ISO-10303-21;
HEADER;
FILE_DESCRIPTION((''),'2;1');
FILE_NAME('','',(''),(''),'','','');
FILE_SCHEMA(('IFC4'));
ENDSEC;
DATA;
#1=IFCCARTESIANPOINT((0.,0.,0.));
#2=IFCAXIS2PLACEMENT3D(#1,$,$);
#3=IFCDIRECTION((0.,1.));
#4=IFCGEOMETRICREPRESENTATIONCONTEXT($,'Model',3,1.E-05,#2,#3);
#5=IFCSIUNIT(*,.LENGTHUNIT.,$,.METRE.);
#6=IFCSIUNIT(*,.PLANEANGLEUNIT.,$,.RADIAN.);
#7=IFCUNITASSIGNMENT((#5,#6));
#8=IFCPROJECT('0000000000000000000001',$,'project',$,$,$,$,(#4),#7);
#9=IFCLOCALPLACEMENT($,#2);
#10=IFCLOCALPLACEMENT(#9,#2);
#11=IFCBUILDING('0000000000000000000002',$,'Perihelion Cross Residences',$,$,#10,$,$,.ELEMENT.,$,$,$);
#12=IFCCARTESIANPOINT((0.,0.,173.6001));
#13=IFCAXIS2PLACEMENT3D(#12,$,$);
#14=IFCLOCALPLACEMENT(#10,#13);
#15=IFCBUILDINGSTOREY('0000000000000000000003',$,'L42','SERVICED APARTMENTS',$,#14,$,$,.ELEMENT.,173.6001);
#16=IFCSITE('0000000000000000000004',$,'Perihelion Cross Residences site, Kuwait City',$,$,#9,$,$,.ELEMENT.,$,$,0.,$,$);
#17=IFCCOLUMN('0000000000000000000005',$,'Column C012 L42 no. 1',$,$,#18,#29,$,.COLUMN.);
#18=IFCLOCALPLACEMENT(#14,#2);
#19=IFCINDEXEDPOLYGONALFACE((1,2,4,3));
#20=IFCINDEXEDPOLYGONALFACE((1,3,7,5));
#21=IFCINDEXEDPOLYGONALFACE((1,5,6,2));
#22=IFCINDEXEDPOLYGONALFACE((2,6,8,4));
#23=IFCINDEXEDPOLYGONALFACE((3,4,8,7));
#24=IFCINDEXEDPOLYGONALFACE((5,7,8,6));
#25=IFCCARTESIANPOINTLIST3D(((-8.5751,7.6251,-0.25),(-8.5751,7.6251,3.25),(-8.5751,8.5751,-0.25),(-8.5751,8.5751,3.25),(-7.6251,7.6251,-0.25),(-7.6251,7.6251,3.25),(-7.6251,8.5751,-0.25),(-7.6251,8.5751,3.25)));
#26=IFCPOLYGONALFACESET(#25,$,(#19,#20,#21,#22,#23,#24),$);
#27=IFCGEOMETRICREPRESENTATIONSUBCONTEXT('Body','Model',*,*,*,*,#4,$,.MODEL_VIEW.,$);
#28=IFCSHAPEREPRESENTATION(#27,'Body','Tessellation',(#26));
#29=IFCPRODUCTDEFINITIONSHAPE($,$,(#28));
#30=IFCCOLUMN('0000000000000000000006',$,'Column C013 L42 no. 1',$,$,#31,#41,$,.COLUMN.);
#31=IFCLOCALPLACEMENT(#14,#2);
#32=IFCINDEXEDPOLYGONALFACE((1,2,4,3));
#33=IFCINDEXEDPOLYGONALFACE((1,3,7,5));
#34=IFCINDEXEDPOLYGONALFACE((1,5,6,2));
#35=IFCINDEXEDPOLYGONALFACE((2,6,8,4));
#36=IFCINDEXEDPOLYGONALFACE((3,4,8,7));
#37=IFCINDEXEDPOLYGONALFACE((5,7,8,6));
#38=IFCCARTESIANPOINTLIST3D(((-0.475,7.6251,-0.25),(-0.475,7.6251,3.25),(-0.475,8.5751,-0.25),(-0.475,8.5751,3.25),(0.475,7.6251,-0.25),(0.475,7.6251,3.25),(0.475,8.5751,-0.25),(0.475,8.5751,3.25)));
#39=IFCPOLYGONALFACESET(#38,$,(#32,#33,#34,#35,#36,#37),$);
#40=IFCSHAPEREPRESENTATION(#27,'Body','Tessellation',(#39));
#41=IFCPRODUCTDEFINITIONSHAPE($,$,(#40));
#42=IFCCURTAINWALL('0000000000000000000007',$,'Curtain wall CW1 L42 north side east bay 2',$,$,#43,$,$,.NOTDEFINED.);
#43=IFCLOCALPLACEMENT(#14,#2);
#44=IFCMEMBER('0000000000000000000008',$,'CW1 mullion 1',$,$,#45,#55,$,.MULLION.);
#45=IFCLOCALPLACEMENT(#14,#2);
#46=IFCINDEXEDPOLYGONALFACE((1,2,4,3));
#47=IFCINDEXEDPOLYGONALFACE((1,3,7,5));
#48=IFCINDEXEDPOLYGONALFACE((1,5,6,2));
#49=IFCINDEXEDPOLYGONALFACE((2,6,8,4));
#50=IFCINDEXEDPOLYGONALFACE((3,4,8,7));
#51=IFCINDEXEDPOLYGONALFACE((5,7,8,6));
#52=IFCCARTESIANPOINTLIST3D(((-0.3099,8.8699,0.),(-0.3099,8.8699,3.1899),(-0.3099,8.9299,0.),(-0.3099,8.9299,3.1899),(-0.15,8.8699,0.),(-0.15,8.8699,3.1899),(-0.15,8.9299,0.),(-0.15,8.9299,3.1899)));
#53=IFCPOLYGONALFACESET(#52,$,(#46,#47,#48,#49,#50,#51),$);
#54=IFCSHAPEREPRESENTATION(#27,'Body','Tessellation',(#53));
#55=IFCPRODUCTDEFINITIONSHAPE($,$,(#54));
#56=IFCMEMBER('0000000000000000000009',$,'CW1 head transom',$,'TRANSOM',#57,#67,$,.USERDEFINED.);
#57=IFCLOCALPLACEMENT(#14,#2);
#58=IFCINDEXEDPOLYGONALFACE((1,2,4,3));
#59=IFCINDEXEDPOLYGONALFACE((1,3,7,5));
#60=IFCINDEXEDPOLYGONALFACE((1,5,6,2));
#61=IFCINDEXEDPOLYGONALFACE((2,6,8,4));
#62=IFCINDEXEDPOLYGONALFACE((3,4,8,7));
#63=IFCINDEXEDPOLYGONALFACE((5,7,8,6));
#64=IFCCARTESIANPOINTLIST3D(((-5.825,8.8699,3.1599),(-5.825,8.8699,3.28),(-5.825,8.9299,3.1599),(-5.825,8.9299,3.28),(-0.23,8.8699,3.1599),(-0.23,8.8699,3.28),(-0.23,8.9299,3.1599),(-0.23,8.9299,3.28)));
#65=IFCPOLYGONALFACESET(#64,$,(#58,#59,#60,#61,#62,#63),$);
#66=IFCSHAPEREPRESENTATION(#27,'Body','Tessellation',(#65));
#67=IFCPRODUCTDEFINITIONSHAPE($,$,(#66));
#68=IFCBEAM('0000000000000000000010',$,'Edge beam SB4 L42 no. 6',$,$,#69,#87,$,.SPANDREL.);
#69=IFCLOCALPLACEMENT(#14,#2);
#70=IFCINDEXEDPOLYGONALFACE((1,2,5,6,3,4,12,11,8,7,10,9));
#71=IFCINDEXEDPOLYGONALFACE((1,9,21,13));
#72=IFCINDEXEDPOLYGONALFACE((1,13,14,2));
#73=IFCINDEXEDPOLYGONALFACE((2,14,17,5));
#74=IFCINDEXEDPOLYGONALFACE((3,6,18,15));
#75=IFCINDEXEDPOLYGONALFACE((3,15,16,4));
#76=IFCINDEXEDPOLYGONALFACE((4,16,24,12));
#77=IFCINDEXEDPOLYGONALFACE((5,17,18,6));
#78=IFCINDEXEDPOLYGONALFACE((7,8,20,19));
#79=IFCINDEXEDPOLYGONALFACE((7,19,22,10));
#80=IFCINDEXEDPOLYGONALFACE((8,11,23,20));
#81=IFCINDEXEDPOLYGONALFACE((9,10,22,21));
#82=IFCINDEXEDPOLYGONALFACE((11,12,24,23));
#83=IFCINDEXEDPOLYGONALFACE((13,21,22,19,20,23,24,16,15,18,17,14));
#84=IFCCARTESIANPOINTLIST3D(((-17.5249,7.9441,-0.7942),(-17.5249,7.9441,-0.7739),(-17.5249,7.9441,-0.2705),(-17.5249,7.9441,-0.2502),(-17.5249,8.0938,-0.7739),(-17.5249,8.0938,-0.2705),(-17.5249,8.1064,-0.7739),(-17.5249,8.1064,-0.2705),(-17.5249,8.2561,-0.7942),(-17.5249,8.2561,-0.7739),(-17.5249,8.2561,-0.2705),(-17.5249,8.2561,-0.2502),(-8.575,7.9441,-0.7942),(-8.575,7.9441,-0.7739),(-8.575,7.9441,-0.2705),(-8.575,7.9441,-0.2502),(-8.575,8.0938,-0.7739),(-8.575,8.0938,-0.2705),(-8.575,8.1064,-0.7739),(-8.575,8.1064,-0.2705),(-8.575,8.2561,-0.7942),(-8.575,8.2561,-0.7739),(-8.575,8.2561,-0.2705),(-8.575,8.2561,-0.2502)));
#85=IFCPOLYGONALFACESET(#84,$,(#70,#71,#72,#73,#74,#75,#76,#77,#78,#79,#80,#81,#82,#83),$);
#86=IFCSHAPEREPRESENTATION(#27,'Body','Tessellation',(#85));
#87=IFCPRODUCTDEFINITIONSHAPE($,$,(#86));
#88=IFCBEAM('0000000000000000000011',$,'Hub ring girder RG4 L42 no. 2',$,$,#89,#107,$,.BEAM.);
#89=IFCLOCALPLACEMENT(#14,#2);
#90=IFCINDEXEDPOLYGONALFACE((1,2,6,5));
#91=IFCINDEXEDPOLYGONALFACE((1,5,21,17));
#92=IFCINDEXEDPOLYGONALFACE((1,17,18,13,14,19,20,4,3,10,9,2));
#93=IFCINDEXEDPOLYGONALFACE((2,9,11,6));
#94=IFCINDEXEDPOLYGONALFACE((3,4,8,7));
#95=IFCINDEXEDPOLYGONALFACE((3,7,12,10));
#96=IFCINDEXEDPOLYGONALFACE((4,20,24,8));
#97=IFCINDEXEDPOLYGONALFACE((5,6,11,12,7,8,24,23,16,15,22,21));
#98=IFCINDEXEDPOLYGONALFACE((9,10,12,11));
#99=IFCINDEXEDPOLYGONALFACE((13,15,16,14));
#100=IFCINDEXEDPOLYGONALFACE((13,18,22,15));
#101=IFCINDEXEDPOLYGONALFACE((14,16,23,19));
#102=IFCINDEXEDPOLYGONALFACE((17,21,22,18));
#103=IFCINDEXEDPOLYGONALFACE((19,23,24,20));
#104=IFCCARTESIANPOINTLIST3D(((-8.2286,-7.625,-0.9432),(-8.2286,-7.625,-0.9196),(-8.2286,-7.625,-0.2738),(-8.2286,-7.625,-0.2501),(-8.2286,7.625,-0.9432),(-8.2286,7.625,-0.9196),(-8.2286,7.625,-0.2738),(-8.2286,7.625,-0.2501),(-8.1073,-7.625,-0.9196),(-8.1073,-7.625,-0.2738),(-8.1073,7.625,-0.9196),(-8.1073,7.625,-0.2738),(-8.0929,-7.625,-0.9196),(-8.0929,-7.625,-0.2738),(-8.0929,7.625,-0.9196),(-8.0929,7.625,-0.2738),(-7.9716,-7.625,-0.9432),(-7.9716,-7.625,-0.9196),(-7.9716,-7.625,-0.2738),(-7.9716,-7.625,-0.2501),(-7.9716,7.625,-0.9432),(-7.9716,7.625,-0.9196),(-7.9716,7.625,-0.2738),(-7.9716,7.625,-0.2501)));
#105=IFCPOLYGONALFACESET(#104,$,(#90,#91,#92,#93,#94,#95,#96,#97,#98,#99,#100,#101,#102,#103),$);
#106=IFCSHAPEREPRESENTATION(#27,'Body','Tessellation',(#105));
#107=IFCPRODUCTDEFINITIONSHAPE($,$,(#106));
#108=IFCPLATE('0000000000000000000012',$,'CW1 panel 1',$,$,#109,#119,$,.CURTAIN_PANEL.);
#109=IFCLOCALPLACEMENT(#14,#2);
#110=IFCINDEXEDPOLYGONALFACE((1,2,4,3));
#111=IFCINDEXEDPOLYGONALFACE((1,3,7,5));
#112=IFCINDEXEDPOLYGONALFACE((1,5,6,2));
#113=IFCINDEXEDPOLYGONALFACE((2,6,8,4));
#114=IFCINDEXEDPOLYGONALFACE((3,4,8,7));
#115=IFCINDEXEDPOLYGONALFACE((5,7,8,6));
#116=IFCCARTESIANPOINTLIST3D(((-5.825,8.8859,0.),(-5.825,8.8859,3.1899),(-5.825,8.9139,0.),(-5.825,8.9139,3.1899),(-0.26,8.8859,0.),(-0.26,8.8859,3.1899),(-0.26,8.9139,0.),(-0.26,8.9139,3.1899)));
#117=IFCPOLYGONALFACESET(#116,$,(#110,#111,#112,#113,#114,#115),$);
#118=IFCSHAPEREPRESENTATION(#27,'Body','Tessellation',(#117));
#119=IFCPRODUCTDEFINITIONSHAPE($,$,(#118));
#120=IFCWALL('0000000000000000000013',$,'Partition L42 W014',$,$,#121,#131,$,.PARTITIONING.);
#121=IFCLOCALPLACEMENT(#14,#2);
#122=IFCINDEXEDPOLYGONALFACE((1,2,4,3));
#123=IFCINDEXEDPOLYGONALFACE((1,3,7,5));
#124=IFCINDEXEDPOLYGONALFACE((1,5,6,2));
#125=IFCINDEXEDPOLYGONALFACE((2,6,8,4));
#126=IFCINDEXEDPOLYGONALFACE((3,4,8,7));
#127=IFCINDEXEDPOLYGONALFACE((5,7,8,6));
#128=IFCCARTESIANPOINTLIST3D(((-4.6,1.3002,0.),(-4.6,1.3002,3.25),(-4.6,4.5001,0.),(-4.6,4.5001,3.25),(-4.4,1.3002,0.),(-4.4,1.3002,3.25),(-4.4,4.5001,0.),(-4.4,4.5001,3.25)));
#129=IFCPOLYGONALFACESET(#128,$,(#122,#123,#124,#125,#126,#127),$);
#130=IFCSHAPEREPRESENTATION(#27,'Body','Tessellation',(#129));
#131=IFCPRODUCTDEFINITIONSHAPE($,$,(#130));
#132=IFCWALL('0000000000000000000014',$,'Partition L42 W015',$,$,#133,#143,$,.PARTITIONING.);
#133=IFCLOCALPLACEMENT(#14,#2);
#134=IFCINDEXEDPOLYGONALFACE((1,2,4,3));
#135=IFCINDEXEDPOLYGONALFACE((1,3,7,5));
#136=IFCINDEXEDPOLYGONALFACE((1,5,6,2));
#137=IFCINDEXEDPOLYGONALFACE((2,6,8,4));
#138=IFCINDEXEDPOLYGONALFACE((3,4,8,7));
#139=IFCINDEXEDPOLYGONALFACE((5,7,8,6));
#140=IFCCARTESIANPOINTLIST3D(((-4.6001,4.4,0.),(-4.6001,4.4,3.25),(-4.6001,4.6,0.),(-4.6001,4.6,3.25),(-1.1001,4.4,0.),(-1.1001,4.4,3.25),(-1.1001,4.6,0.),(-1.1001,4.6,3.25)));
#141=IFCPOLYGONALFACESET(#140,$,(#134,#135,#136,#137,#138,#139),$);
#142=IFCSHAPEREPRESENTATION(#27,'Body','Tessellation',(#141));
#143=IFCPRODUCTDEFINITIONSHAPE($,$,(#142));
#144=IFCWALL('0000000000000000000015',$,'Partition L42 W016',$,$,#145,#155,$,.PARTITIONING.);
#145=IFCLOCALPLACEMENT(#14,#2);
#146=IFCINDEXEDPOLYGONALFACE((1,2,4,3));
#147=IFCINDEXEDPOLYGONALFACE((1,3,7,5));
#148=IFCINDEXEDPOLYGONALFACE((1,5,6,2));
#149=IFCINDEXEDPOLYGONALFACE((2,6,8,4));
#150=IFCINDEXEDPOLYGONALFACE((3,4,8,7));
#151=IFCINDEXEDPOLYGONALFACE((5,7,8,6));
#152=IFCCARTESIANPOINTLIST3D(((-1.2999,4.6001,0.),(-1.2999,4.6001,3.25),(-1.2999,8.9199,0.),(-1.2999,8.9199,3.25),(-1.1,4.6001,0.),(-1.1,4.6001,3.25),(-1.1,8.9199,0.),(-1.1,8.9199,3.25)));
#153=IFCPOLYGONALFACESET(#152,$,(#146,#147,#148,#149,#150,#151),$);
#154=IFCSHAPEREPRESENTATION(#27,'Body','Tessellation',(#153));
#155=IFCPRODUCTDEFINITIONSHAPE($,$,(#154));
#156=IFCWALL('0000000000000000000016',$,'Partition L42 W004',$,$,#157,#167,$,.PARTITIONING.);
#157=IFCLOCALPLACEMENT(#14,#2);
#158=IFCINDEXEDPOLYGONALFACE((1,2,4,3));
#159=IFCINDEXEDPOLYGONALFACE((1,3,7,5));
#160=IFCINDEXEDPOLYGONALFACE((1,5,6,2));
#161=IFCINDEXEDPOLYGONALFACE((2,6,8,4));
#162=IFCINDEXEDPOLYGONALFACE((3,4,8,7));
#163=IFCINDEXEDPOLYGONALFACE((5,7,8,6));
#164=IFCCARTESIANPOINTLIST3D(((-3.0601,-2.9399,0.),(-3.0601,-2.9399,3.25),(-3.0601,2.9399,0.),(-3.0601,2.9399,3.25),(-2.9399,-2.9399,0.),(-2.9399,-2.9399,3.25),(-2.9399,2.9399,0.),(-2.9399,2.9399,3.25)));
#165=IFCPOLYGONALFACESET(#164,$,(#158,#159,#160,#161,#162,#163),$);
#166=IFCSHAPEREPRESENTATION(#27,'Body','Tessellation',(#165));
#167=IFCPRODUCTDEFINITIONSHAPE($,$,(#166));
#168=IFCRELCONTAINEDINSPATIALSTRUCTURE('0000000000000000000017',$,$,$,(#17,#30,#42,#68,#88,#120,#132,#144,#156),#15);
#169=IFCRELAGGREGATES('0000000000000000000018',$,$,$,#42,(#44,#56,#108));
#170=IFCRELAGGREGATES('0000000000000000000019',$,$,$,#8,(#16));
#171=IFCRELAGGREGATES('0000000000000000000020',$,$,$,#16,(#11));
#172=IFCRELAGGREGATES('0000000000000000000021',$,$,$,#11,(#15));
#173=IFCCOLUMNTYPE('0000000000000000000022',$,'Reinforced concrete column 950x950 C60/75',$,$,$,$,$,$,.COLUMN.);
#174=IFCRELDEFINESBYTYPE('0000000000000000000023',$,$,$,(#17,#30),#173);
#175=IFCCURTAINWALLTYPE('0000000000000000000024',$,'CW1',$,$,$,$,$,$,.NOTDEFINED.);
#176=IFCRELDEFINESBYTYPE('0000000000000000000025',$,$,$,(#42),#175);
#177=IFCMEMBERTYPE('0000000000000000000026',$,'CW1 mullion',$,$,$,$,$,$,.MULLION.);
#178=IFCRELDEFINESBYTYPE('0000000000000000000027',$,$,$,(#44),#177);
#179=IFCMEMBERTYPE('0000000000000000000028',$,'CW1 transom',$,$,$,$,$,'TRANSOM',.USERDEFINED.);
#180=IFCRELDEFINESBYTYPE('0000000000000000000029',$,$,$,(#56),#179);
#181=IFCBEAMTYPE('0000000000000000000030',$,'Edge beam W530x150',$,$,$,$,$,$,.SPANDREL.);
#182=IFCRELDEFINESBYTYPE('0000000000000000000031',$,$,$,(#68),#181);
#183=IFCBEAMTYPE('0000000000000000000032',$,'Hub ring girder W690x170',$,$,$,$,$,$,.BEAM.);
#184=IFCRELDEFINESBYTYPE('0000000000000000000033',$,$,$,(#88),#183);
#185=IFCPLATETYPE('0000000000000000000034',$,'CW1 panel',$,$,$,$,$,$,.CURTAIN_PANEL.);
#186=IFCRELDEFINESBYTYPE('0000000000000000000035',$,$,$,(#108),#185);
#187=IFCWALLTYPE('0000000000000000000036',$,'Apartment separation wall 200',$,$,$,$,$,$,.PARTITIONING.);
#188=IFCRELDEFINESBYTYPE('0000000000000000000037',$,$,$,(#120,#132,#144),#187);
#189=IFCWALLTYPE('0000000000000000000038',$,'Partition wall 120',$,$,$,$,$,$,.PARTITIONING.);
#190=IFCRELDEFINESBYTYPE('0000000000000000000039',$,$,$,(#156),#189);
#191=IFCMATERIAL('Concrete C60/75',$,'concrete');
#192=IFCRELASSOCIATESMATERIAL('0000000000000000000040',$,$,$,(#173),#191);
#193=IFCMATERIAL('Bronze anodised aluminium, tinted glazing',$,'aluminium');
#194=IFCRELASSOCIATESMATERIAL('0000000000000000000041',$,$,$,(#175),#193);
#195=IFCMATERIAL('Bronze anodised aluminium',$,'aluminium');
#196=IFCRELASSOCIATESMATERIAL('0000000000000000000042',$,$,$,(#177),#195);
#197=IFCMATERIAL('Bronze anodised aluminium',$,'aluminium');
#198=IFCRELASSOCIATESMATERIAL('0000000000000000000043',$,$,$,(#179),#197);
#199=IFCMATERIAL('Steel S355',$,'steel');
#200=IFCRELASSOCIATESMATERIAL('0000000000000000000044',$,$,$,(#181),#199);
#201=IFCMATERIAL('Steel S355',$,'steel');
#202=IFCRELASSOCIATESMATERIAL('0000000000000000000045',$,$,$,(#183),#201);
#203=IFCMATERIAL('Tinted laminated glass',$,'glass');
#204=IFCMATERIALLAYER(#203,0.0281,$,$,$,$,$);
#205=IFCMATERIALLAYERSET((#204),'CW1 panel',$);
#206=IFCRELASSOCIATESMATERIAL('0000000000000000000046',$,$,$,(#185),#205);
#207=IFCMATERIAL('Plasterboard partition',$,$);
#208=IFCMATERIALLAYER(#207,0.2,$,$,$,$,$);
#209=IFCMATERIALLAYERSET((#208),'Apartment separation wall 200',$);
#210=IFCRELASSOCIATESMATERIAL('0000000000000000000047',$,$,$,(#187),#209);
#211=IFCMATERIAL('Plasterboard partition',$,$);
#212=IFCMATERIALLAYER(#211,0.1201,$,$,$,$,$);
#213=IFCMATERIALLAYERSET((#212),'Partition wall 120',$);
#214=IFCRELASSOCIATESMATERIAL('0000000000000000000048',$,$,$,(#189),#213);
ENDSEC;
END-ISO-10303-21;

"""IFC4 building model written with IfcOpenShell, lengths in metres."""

from ifc_helpers import new_model, si_unit, direction, frame, frame_2d, origin, origin_2d, place, context, subcontext, project, spatial, rectangle, i_section, extrude, material, layer, layer_set, material_profile, profile_set, type_object, element, aggregate, save


model = new_model("IFC4")

# Units and contexts
model_context = context("Model", 3, precision=1e-05, world=origin(), true_north=direction((0.0, 1.0)))
body_context = subcontext(model_context, "Body", "Model", "MODEL_VIEW")
ifc_project = project(units=[si_unit("LENGTHUNIT", "METRE"), si_unit("PLANEANGLEUNIT", "RADIAN")], contexts=[model_context])

# Site, building, storey
site_placement = place(None, origin())
site = spatial("IfcSite", under=ifc_project, at=site_placement, Name="Perihelion Cross Residences site, Kuwait City", CompositionType="ELEMENT", RefElevation=0.0)
building_placement = place(site_placement, origin())
building = spatial("IfcBuilding", under=site, at=building_placement, Name="Perihelion Cross Residences", CompositionType="ELEMENT")
storey_placement = place(building_placement, frame((0.0, 0.0, 173.6001)))
storey = spatial("IfcBuildingStorey", under=building, at=storey_placement, Name="L42", Description="SERVICED APARTMENTS", CompositionType="ELEMENT", Elevation=173.6001)

# Columns
ifc_material_1 = material(Name="Concrete C60/75", Category="concrete")
ifc_material_profile_1 = material_profile(ifc_material_1, rectangle(XDim=0.95, YDim=0.95, at=origin_2d()), Name="RC 950x950")
ifc_profile_set_1 = profile_set([ifc_material_profile_1], Name="Concrete C60/75")
column_type = type_object("IfcColumnType", Name="Reinforced concrete column 950x950 C60/75", PredefinedType="COLUMN", material=ifc_profile_set_1)
for number, where, z_axis, x_axis, name in (
    (1, (-8.1001, 8.1001, -0.25), (0.0, 0.0, 1.0), (1.0, 0.0, 0.0), "Column C012 L42 no. 1"),
    (2, (0.0, 8.1001, -0.25), (0.0, 0.0, 1.0), (1.0, 0.0, 0.0), "Column C013 L42 no. 1"),
):
    element("IfcColumn", number, at=place(storey_placement, frame(where, z_axis=z_axis, x_axis=x_axis)), inside=storey, type_object=column_type, Name=name, PredefinedType="COLUMN", context=body_context, shape_type="SweptSolid", body=[
        extrude(rectangle(XDim=0.95, YDim=0.95, at=origin_2d()), origin(), (0.0, 0.0, 1.0), 3.5),
    ])

# Curtain wall, members
ifc_material_2 = material(Name="Bronze anodised aluminium, tinted glazing", Category="aluminium")
curtain_wall_type = type_object("IfcCurtainWallType", Name="CW1", PredefinedType="NOTDEFINED", material=ifc_material_2)
curtain_wall_placement = place(storey_placement, origin())
curtain_wall = element("IfcCurtainWall", 3, at=curtain_wall_placement, inside=storey, type_object=curtain_wall_type, Name="Curtain wall CW1 L42 north side east bay 2", PredefinedType="NOTDEFINED")
ifc_material_3 = material(Name="Bronze anodised aluminium", Category="aluminium")
ifc_material_profile_2 = material_profile(ifc_material_3, rectangle(XDim=0.0601, YDim=0.1599, at=origin_2d()), Name="CW1 mullion")
ifc_profile_set_2 = profile_set([ifc_material_profile_2], Name="Bronze anodised aluminium")
member_type_1 = type_object("IfcMemberType", Name="CW1 mullion", PredefinedType="MULLION", material=ifc_profile_set_2)
member_1_placement = place(storey_placement, frame((-0.23, 8.8999, 0.0), z_axis=(0.0, 0.0, 1.0), x_axis=(0.0, -1.0, 0.0)))
member_1 = element("IfcMember", 4, at=member_1_placement, type_object=member_type_1, Name="CW1 mullion 1", PredefinedType="MULLION", context=body_context, shape_type="SweptSolid", body=[
    extrude(rectangle(XDim=0.0601, YDim=0.1599, at=origin_2d()), origin(), (0.0, 0.0, 1.0), 3.1899),
])
ifc_material_4 = material(Name="Bronze anodised aluminium", Category="aluminium")
ifc_material_profile_3 = material_profile(ifc_material_4, rectangle(XDim=0.0601, YDim=0.1201, at=origin_2d()), Name="CW1 transom")
ifc_profile_set_3 = profile_set([ifc_material_profile_3], Name="Bronze anodised aluminium")
member_type_2 = type_object("IfcMemberType", Name="CW1 transom", ElementType="TRANSOM", PredefinedType="USERDEFINED", material=ifc_profile_set_3)
member_2_placement = place(storey_placement, frame((-0.23, 8.8999, 3.22), z_axis=(-1.0, 0.0, 0.0), x_axis=(0.0, -1.0, 0.0)))
member_2 = element("IfcMember", 5, at=member_2_placement, type_object=member_type_2, Name="CW1 head transom", ObjectType="TRANSOM", PredefinedType="USERDEFINED", context=body_context, shape_type="SweptSolid", body=[
    extrude(rectangle(XDim=0.0601, YDim=0.1201, at=origin_2d()), origin(), (0.0, 0.0, 1.0), 5.595),
])

# Beams
ifc_material_5 = material(Name="Steel S355", Category="steel")
ifc_material_profile_4 = material_profile(ifc_material_5, i_section(OverallWidth=0.312, OverallDepth=0.5439, WebThickness=0.0127, FlangeThickness=0.0203, at=origin_2d()), Name="W530x150")
ifc_profile_set_4 = profile_set([ifc_material_profile_4], Name="Steel S355")
beam_type_1 = type_object("IfcBeamType", Name="Edge beam W530x150", PredefinedType="SPANDREL", material=ifc_profile_set_4)
beam_1_placement = place(storey_placement, frame((-8.575, 8.1001, -0.5222), z_axis=(-1.0, 0.0, 0.0), x_axis=(0.0, -1.0, 0.0)))
element("IfcBeam", 6, at=beam_1_placement, inside=storey, type_object=beam_type_1, Name="Edge beam SB4 L42 no. 6", PredefinedType="SPANDREL", context=body_context, shape_type="SweptSolid", body=[
    extrude(i_section(OverallWidth=0.312, OverallDepth=0.5439, WebThickness=0.0127, FlangeThickness=0.0203, at=origin_2d()), origin(), (0.0, 0.0, 1.0), 8.95),
])
ifc_material_6 = material(Name="Steel S355", Category="steel")
ifc_material_profile_5 = material_profile(ifc_material_6, i_section(OverallWidth=0.2571, OverallDepth=0.6931, WebThickness=0.0144, FlangeThickness=0.0237, at=origin_2d()), Name="W690x170")
ifc_profile_set_5 = profile_set([ifc_material_profile_5], Name="Steel S355")
beam_type_2 = type_object("IfcBeamType", Name="Hub ring girder W690x170", PredefinedType="BEAM", material=ifc_profile_set_5)
beam_2_placement = place(storey_placement, frame((-8.1001, 7.625, -0.5967), z_axis=(0.0, -1.0, 0.0), x_axis=(1.0, 0.0, 0.0)))
element("IfcBeam", 7, at=beam_2_placement, inside=storey, type_object=beam_type_2, Name="Hub ring girder RG4 L42 no. 2", PredefinedType="BEAM", context=body_context, shape_type="SweptSolid", body=[
    extrude(i_section(OverallWidth=0.2571, OverallDepth=0.6931, WebThickness=0.0144, FlangeThickness=0.0237, at=origin_2d()), origin(), (0.0, 0.0, 1.0), 15.25),
])

# Plate
ifc_material_7 = material(Name="Tinted laminated glass", Category="glass")
ifc_layer_1 = layer(ifc_material_7, 0.0281)
ifc_layer_set_1 = layer_set([ifc_layer_1], Name="CW1 panel")
plate_type = type_object("IfcPlateType", Name="CW1 panel", PredefinedType="CURTAIN_PANEL", material=ifc_layer_set_1)
plate_placement = place(storey_placement, frame((-3.0425, 8.8999, 0.0), z_axis=(0.0, 0.0, 1.0), x_axis=(-1.0, 0.0, 0.0)))
plate = element("IfcPlate", 8, at=plate_placement, type_object=plate_type, Name="CW1 panel 1", PredefinedType="CURTAIN_PANEL", context=body_context, shape_type="SweptSolid", body=[
    extrude(rectangle(XDim=5.5649, YDim=0.0281, at=origin_2d()), origin(), (0.0, 0.0, 1.0), 3.1899),
])
aggregate(curtain_wall, [member_1, member_2, plate])

# Walls
ifc_material_8 = material(Name="Plasterboard partition")
ifc_layer_2 = layer(ifc_material_8, 0.2)
ifc_layer_set_2 = layer_set([ifc_layer_2], Name="Apartment separation wall 200")
wall_type_1 = type_object("IfcWallType", Name="Apartment separation wall 200", PredefinedType="PARTITIONING", material=ifc_layer_set_2)
wall_1_placement = place(storey_placement, frame((-4.5, 1.3, 0.0), z_axis=(0.0, 0.0, 1.0), x_axis=(0.0, 1.0, 0.0)))
element("IfcWall", 9, at=wall_1_placement, inside=storey, type_object=wall_type_1, Name="Partition L42 W014", PredefinedType="PARTITIONING", context=body_context, shape_type="SweptSolid", body=[
    extrude(rectangle(XDim=3.2, YDim=0.2, at=frame_2d((1.6001, 0.0))), origin(), (0.0, 0.0, 1.0), 3.25),
])
wall_2_placement = place(storey_placement, frame((-4.6001, 4.5, 0.0), z_axis=(0.0, 0.0, 1.0), x_axis=(1.0, 0.0, 0.0)))
element("IfcWall", 10, at=wall_2_placement, inside=storey, type_object=wall_type_1, Name="Partition L42 W015", PredefinedType="PARTITIONING", context=body_context, shape_type="SweptSolid", body=[
    extrude(rectangle(XDim=3.5, YDim=0.2, at=frame_2d((1.75, 0.0))), origin(), (0.0, 0.0, 1.0), 3.25),
])
wall_3_placement = place(storey_placement, frame((-1.2, 4.6001, 0.0), z_axis=(0.0, 0.0, 1.0), x_axis=(0.0, 1.0, 0.0)))
element("IfcWall", 11, at=wall_3_placement, inside=storey, type_object=wall_type_1, Name="Partition L42 W016", PredefinedType="PARTITIONING", context=body_context, shape_type="SweptSolid", body=[
    extrude(rectangle(XDim=4.3198, YDim=0.2, at=frame_2d((2.1599, 0.0))), origin(), (0.0, 0.0, 1.0), 3.25),
])

# Wall
ifc_material_9 = material(Name="Plasterboard partition")
ifc_layer_3 = layer(ifc_material_9, 0.1201)
ifc_layer_set_3 = layer_set([ifc_layer_3], Name="Partition wall 120")
wall_type_2 = type_object("IfcWallType", Name="Partition wall 120", PredefinedType="PARTITIONING", material=ifc_layer_set_3)
wall_4_placement = place(storey_placement, frame((-3.0, 2.9399, 0.0), z_axis=(0.0, 0.0, 1.0), x_axis=(0.0, -1.0, 0.0)))
element("IfcWall", 12, at=wall_4_placement, inside=storey, type_object=wall_type_2, Name="Partition L42 W004", PredefinedType="PARTITIONING", context=body_context, shape_type="SweptSolid", body=[
    extrude(rectangle(XDim=5.8799, YDim=0.1201, at=frame_2d((2.9399, 0.0))), origin(), (0.0, 0.0, 1.0), 3.25),
])

save(model, "model.ifc")
